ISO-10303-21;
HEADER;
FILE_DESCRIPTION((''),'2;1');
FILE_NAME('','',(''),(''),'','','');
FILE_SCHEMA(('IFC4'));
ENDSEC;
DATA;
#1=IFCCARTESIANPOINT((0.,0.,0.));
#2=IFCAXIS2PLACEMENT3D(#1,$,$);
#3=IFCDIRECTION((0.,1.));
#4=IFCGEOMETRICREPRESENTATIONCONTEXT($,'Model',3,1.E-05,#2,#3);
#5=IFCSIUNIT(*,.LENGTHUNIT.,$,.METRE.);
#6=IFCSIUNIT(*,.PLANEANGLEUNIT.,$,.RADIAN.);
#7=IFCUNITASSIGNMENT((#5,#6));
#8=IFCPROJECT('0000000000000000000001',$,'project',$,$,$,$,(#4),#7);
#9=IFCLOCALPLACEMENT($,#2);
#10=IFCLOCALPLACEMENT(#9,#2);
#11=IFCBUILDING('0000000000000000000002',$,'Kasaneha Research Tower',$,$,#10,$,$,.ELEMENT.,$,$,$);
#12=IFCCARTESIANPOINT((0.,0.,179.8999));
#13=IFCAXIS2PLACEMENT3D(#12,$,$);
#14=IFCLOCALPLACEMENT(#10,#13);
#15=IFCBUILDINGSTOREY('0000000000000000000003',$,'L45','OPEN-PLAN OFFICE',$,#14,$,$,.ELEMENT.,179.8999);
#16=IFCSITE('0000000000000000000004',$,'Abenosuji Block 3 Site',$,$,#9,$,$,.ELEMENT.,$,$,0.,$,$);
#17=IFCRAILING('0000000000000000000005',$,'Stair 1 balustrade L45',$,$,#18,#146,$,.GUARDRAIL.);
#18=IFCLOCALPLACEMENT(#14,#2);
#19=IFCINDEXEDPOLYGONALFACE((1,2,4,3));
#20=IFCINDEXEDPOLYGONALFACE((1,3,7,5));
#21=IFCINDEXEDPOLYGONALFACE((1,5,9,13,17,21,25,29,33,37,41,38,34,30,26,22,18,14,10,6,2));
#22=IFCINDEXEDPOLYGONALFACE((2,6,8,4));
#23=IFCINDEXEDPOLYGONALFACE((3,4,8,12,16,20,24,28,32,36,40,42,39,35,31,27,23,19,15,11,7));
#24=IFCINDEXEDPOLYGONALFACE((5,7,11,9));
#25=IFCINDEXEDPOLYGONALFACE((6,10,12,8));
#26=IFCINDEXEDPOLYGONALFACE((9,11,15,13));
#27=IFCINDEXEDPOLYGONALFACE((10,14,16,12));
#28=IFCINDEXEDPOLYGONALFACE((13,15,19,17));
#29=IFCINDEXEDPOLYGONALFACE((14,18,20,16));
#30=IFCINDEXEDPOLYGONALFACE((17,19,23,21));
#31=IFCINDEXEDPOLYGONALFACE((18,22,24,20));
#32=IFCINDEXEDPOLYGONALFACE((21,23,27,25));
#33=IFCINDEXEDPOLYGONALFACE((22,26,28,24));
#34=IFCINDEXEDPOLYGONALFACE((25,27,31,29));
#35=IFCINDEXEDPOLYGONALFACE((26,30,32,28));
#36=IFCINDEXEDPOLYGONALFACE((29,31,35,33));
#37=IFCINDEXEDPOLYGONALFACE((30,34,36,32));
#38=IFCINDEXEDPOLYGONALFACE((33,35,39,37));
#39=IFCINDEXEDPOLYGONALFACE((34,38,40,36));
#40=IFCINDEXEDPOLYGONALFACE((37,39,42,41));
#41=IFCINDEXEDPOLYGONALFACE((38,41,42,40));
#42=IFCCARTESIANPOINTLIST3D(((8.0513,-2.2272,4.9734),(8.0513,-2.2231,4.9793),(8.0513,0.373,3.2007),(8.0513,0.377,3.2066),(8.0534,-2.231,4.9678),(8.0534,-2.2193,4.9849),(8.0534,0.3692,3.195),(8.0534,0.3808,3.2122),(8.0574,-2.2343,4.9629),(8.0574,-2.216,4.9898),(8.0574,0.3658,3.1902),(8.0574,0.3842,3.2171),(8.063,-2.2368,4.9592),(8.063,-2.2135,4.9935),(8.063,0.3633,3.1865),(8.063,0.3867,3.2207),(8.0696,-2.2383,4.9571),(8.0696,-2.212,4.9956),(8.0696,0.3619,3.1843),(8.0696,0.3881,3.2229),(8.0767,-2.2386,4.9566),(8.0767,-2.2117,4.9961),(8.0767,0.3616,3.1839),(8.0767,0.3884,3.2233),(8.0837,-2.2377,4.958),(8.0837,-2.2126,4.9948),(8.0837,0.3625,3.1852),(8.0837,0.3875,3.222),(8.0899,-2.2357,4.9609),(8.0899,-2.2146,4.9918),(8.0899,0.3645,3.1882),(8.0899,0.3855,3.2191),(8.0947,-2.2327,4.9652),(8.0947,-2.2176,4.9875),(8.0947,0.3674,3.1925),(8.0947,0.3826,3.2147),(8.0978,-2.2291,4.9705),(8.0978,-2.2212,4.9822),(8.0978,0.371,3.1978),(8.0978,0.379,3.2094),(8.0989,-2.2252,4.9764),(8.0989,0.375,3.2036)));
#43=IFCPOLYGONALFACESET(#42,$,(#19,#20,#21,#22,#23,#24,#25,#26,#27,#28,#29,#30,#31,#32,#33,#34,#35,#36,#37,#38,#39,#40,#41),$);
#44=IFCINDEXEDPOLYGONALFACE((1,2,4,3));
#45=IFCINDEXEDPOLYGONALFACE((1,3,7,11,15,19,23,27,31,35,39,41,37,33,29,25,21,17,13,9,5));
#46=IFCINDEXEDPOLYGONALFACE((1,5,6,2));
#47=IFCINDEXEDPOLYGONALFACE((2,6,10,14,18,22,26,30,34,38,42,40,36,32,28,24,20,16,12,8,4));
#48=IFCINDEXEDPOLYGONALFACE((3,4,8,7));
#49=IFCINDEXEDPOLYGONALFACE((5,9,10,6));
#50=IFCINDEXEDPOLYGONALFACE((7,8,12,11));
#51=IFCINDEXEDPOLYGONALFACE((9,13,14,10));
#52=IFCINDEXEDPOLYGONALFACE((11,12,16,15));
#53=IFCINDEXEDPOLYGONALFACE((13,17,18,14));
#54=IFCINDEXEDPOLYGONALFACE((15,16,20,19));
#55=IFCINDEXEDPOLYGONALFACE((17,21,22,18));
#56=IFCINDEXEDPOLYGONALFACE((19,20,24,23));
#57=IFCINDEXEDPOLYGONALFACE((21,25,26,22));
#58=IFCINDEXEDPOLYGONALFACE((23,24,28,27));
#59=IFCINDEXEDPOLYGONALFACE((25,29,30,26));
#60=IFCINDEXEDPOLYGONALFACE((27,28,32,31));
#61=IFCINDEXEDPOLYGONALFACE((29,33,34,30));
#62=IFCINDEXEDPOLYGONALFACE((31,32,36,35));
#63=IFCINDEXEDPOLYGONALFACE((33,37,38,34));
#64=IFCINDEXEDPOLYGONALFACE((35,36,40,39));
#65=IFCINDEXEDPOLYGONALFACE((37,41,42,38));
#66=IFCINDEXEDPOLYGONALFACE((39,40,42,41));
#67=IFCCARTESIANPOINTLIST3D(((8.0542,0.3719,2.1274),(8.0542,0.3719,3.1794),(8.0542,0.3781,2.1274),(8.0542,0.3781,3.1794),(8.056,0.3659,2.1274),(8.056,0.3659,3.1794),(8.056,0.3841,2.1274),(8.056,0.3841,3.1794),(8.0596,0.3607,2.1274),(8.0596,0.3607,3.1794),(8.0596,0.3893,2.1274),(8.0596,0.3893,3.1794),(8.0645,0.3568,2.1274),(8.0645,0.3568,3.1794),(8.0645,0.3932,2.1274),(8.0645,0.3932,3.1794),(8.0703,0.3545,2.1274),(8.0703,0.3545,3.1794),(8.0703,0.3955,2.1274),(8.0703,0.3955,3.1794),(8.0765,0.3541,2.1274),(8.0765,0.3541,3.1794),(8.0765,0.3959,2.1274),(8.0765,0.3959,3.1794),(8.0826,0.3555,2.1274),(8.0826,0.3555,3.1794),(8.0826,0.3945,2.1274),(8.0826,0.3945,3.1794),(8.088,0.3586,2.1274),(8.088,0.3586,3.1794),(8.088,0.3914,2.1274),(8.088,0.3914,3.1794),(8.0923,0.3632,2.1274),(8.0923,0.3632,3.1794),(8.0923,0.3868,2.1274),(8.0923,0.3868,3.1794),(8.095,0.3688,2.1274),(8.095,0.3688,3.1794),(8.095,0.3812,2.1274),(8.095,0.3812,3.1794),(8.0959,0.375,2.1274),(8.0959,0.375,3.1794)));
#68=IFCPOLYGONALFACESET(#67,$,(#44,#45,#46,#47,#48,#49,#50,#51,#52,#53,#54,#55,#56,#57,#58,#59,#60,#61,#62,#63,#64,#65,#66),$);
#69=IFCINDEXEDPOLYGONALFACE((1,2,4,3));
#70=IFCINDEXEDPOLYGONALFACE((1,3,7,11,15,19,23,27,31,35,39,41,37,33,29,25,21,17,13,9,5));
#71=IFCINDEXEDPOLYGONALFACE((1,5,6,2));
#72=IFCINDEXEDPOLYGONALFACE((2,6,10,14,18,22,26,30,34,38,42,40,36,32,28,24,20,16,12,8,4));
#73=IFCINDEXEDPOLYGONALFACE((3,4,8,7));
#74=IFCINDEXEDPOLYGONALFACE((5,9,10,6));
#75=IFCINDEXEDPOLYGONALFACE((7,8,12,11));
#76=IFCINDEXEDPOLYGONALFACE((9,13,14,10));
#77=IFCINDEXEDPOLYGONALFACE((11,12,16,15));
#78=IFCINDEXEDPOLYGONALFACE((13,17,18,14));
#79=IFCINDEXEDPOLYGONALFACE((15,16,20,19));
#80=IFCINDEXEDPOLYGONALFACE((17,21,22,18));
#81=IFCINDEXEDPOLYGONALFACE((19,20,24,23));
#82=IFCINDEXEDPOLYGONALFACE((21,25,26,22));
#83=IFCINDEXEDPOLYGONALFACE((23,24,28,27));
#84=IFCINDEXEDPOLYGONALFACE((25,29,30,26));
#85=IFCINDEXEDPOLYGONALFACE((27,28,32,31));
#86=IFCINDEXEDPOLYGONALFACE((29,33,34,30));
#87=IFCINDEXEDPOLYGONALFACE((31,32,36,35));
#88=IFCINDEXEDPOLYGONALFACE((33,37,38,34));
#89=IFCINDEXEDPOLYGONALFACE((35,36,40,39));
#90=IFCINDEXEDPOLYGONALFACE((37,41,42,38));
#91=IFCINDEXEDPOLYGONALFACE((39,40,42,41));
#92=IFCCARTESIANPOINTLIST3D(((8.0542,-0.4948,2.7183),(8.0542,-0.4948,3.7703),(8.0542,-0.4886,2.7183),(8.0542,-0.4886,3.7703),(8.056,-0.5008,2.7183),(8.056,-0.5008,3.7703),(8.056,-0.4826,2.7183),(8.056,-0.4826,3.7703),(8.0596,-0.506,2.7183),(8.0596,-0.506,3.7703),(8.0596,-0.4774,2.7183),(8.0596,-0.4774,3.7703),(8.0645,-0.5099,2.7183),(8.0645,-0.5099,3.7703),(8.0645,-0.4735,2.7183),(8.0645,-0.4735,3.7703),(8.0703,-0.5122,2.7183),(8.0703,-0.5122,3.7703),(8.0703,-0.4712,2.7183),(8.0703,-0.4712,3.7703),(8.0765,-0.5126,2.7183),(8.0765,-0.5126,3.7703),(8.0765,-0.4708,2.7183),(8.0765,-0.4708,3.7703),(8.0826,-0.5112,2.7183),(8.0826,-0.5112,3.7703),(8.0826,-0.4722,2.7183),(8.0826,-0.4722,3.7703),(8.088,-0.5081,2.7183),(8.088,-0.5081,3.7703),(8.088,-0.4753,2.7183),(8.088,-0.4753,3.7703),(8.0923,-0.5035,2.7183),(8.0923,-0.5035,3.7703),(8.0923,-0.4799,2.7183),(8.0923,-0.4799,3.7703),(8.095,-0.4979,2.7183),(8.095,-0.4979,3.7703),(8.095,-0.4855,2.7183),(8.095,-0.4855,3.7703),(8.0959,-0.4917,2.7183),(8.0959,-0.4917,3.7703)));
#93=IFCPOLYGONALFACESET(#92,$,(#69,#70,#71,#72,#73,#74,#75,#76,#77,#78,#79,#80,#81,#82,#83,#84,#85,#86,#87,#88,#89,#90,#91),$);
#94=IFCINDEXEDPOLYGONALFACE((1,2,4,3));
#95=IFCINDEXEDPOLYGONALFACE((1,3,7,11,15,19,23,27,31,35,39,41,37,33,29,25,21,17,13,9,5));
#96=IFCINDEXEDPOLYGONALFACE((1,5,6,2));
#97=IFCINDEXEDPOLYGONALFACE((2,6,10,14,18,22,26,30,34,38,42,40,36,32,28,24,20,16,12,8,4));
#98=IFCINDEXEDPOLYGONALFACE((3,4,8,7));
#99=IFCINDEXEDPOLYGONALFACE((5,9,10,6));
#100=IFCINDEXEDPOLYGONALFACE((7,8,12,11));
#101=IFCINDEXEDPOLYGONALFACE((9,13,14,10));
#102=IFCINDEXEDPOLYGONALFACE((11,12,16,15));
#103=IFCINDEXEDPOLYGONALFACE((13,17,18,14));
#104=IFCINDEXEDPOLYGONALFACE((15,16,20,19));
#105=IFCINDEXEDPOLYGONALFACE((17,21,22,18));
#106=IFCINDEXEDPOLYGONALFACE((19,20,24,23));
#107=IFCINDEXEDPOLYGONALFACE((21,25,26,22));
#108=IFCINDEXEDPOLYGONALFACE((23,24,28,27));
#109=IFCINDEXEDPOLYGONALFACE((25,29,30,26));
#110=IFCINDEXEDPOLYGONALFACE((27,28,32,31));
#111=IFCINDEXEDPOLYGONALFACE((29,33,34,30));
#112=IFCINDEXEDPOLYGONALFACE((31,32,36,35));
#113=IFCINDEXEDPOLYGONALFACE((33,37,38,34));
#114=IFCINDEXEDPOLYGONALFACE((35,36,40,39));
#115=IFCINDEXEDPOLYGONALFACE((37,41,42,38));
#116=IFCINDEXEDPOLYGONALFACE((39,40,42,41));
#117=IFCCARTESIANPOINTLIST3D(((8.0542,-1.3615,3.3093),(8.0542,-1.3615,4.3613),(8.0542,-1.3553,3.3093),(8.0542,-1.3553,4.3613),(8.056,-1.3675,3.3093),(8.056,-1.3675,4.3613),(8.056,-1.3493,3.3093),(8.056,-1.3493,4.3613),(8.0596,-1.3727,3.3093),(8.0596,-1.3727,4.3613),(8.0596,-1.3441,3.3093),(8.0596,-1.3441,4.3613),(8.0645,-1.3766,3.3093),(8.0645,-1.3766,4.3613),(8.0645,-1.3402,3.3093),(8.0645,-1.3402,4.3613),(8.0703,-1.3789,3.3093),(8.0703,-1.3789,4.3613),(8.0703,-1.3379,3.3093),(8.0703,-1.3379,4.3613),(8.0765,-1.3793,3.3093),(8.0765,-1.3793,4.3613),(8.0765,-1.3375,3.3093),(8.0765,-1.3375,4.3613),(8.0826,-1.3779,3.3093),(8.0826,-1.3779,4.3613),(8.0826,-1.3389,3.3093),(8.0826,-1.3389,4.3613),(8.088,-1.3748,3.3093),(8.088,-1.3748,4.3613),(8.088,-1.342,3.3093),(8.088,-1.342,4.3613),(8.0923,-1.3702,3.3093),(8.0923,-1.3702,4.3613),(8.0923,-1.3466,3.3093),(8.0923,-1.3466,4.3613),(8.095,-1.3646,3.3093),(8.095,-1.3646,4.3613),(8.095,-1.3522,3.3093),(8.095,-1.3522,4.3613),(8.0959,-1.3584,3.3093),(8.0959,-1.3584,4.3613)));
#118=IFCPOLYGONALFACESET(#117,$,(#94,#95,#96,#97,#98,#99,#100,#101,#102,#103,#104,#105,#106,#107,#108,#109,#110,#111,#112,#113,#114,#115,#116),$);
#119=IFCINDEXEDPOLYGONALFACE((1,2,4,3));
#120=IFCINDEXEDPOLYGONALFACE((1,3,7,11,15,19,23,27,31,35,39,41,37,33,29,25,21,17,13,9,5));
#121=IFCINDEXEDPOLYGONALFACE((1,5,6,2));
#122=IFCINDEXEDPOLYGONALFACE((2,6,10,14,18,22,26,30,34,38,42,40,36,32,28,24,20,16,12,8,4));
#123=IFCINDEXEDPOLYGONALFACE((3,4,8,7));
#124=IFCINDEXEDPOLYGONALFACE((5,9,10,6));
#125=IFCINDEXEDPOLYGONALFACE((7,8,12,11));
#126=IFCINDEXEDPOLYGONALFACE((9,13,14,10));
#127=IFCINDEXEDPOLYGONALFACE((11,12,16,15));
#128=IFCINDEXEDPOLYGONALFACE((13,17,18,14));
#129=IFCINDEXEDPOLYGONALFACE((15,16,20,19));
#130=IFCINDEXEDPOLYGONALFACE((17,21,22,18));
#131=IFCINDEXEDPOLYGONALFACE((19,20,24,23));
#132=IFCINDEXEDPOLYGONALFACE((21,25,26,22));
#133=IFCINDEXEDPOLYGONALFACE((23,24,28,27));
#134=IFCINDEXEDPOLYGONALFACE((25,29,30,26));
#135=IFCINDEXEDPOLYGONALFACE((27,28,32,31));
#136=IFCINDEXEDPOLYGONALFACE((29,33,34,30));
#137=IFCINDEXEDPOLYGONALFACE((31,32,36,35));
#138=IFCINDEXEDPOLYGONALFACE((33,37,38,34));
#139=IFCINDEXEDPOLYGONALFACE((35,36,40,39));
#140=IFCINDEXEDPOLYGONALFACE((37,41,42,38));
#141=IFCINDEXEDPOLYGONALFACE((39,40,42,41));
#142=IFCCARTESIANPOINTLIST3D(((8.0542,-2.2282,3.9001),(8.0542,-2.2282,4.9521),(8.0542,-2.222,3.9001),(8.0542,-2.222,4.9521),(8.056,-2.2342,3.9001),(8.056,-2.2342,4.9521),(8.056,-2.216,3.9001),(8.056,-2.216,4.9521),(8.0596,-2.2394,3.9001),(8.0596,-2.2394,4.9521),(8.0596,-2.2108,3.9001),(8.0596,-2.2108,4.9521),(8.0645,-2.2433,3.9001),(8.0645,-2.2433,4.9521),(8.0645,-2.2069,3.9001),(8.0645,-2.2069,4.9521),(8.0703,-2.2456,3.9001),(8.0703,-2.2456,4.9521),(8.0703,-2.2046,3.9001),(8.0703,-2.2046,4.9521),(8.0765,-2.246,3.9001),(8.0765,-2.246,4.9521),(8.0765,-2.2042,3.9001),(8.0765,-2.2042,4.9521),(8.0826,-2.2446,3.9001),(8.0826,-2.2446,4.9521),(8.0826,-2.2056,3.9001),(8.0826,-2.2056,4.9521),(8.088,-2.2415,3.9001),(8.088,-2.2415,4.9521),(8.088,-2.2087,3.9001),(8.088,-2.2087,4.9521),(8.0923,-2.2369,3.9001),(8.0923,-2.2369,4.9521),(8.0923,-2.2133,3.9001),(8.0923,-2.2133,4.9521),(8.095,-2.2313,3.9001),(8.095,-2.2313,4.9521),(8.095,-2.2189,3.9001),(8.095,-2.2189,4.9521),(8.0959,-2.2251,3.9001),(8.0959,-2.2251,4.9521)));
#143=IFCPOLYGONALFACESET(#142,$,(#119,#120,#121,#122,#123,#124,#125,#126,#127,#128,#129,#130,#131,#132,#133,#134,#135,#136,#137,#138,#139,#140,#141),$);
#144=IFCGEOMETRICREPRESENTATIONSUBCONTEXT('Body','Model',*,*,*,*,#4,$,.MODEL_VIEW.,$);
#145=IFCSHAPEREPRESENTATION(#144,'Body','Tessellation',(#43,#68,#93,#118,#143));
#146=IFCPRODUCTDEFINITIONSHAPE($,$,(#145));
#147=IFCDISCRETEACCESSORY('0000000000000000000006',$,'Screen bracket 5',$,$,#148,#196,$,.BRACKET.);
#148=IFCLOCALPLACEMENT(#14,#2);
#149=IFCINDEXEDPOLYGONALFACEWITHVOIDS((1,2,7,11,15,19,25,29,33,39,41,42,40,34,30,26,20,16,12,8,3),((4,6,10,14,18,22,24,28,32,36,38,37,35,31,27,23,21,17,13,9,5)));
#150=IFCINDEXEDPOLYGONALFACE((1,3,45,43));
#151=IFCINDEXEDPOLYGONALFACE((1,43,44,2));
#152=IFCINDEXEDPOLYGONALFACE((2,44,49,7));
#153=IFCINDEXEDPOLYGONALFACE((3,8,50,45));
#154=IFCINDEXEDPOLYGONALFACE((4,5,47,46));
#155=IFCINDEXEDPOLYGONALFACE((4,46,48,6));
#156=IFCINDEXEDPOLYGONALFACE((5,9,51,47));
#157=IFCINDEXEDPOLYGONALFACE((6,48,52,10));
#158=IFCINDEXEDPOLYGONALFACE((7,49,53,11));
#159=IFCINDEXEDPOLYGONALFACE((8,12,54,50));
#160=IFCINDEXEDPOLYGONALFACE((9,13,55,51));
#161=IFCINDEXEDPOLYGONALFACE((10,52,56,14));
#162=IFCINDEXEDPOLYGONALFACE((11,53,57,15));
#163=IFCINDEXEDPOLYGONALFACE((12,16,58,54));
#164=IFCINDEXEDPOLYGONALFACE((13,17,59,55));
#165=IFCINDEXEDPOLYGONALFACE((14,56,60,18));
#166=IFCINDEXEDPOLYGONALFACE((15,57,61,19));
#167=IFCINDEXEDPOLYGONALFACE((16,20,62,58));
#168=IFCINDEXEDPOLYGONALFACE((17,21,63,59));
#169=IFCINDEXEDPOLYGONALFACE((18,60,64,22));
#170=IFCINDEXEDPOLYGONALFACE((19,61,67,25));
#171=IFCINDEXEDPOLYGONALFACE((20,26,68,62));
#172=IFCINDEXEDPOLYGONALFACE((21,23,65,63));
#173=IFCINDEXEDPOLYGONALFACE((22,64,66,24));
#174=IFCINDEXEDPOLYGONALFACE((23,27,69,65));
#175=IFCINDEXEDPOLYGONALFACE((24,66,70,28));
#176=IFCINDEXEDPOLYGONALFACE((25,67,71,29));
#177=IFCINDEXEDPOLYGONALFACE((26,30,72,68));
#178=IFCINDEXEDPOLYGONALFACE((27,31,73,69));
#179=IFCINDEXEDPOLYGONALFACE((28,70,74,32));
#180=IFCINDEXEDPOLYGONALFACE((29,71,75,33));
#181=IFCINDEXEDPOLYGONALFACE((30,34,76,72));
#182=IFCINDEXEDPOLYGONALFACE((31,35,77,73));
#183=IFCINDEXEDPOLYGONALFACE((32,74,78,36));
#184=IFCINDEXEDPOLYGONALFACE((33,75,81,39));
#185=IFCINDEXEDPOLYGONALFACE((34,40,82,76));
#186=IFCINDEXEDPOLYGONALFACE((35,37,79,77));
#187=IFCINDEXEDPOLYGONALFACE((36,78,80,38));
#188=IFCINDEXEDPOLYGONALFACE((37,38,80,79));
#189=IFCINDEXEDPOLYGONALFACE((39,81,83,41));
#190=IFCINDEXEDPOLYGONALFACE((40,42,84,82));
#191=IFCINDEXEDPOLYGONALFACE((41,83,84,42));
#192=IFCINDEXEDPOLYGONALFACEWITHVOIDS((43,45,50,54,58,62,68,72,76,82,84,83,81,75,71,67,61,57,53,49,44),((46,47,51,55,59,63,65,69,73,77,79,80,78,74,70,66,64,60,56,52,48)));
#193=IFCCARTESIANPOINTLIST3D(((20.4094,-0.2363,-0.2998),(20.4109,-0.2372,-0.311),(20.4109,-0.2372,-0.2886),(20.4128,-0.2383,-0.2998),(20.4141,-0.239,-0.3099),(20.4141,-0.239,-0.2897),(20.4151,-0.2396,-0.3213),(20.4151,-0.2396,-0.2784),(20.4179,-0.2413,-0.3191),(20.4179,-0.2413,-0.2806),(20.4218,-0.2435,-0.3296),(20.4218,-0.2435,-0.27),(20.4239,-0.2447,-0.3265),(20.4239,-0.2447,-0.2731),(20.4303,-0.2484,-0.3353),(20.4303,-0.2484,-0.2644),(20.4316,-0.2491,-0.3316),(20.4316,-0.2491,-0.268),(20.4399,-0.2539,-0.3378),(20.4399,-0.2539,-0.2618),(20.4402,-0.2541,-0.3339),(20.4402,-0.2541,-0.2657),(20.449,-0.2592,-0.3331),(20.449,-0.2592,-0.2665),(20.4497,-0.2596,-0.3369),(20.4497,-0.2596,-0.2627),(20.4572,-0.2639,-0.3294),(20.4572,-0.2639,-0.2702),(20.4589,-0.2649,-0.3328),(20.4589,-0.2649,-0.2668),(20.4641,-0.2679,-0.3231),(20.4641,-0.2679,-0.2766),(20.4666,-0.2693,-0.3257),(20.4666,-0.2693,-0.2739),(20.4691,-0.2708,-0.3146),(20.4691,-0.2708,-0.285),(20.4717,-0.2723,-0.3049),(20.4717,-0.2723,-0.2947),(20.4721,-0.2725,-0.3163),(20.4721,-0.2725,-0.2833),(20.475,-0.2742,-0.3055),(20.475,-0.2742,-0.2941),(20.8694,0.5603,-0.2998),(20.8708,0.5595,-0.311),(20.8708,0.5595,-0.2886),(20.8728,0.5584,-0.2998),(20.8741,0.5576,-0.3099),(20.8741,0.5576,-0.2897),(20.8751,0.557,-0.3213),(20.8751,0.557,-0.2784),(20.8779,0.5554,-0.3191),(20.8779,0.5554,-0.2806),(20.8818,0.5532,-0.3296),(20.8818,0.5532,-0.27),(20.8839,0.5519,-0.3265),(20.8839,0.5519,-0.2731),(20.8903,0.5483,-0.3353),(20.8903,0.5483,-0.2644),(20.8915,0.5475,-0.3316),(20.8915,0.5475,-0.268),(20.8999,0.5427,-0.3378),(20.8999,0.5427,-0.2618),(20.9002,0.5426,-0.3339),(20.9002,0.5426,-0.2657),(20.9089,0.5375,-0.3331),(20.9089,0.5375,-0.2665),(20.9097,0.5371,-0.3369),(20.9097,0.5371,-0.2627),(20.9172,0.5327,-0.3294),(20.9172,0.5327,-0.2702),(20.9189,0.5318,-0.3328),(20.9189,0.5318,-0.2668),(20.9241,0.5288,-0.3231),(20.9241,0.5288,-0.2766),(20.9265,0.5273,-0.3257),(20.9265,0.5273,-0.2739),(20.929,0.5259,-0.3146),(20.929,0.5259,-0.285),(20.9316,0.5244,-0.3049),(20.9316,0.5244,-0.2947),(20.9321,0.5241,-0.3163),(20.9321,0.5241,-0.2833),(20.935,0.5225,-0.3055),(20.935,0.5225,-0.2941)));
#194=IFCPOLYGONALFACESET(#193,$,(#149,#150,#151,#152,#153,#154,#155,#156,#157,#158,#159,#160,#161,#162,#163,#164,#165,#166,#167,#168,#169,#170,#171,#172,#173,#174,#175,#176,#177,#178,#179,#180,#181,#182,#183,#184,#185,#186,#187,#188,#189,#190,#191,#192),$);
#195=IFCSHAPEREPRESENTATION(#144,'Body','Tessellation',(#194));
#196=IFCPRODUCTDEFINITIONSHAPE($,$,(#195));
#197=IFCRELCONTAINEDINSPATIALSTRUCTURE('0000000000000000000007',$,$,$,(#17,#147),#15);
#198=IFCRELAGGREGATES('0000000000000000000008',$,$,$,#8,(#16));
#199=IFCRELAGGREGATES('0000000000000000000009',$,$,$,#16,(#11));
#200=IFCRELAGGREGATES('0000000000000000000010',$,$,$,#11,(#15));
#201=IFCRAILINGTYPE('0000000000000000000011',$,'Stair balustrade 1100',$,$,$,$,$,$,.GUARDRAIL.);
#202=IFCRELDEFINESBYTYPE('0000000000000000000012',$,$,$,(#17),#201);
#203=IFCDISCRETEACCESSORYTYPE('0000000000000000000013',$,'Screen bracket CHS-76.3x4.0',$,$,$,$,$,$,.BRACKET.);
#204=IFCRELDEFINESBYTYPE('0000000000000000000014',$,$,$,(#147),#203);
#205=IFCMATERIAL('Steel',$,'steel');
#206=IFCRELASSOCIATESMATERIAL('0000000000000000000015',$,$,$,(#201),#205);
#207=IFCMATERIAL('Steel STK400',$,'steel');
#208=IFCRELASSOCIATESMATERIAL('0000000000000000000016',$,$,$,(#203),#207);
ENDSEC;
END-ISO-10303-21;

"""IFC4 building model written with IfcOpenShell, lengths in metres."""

from ifc_helpers import new_model, si_unit, direction, frame, origin, origin_2d, place, context, subcontext, project, spatial, circle, hollow_circle, extrude, material, material_profile, profile_set, type_object, element, save


model = new_model("IFC4")

# Units and contexts
model_context = context("Model", 3, precision=1e-05, world=origin(), true_north=direction((0.0, 1.0)))
body_context = subcontext(model_context, "Body", "Model", "MODEL_VIEW")
ifc_project = project(units=[si_unit("LENGTHUNIT", "METRE"), si_unit("PLANEANGLEUNIT", "RADIAN")], contexts=[model_context])

# Site, building, storey
site_placement = place(None, origin())
site = spatial("IfcSite", under=ifc_project, at=site_placement, Name="Abenosuji Block 3 Site", CompositionType="ELEMENT", RefElevation=0.0)
building_placement = place(site_placement, origin())
building = spatial("IfcBuilding", under=site, at=building_placement, Name="Kasaneha Research Tower", CompositionType="ELEMENT")
storey_placement = place(building_placement, frame((0.0, 0.0, 179.8999)))
storey = spatial("IfcBuildingStorey", under=building, at=storey_placement, Name="L45", Description="OPEN-PLAN OFFICE", CompositionType="ELEMENT", Elevation=179.8999)

# Railing
ifc_material_1 = material(Name="Steel", Category="steel")
railing_type = type_object("IfcRailingType", Name="Stair balustrade 1100", PredefinedType="GUARDRAIL", material=ifc_material_1)
railing_placement = place(storey_placement, frame((8.075, 0.375, 2.1274)))
element("IfcRailing", 1, at=railing_placement, inside=storey, type_object=railing_type, Name="Stair 1 balustrade L45", PredefinedType="GUARDRAIL", context=body_context, shape_type="SweptSolid", body=[
    extrude(circle(Radius=0.0239, at=origin_2d()), frame((0.0, 0.0, 1.0762), z_axis=(0.0, -0.82624, 0.563318), x_axis=(1.0, 0.0, 0.0)), (0.0, 0.0, 1.0), 3.147),
    extrude(circle(Radius=0.021, at=origin_2d()), origin(), (0.0, 0.0, 1.0), 1.052),
    extrude(circle(Radius=0.021, at=origin_2d()), frame((0.0, -0.8667, 0.5908)), (0.0, 0.0, 1.0), 1.052),
    extrude(circle(Radius=0.021, at=origin_2d()), frame((0.0, -1.7334, 1.1819)), (0.0, 0.0, 1.0), 1.052),
    extrude(circle(Radius=0.021, at=origin_2d()), frame((0.0, -2.6001, 1.7727)), (0.0, 0.0, 1.0), 1.052),
])

# Discrete accessory
ifc_material_2 = material(Name="Steel STK400", Category="steel")
ifc_material_profile_1 = material_profile(ifc_material_2, hollow_circle(Radius=0.0381, WallThickness=0.0039, at=origin_2d()), Name="CHS-76.3x4.0")
ifc_profile_set_1 = profile_set([ifc_material_profile_1], Name="Steel STK400")
discrete_accessory_type = type_object("IfcDiscreteAccessoryType", Name="Screen bracket CHS-76.3x4.0", PredefinedType="BRACKET", material=ifc_profile_set_1)
for number, where, z_axis, x_axis, name in (
    (2, (20.4424, -0.2554, -0.2998), (0.500021, 0.866013, 0.0), (-0.866013, 0.500021, 0.0), "Screen bracket 5"),
):
    element("IfcDiscreteAccessory", number, at=place(storey_placement, frame(where, z_axis=z_axis, x_axis=x_axis)), inside=storey, type_object=discrete_accessory_type, Name=name, PredefinedType="BRACKET", context=body_context, shape_type="SweptSolid", body=[
        extrude(hollow_circle(Radius=0.0381, WallThickness=0.0039, at=origin_2d()), origin(), (0.0, 0.0, 1.0), 0.9199),
    ])

save(model, "model.ifc")
